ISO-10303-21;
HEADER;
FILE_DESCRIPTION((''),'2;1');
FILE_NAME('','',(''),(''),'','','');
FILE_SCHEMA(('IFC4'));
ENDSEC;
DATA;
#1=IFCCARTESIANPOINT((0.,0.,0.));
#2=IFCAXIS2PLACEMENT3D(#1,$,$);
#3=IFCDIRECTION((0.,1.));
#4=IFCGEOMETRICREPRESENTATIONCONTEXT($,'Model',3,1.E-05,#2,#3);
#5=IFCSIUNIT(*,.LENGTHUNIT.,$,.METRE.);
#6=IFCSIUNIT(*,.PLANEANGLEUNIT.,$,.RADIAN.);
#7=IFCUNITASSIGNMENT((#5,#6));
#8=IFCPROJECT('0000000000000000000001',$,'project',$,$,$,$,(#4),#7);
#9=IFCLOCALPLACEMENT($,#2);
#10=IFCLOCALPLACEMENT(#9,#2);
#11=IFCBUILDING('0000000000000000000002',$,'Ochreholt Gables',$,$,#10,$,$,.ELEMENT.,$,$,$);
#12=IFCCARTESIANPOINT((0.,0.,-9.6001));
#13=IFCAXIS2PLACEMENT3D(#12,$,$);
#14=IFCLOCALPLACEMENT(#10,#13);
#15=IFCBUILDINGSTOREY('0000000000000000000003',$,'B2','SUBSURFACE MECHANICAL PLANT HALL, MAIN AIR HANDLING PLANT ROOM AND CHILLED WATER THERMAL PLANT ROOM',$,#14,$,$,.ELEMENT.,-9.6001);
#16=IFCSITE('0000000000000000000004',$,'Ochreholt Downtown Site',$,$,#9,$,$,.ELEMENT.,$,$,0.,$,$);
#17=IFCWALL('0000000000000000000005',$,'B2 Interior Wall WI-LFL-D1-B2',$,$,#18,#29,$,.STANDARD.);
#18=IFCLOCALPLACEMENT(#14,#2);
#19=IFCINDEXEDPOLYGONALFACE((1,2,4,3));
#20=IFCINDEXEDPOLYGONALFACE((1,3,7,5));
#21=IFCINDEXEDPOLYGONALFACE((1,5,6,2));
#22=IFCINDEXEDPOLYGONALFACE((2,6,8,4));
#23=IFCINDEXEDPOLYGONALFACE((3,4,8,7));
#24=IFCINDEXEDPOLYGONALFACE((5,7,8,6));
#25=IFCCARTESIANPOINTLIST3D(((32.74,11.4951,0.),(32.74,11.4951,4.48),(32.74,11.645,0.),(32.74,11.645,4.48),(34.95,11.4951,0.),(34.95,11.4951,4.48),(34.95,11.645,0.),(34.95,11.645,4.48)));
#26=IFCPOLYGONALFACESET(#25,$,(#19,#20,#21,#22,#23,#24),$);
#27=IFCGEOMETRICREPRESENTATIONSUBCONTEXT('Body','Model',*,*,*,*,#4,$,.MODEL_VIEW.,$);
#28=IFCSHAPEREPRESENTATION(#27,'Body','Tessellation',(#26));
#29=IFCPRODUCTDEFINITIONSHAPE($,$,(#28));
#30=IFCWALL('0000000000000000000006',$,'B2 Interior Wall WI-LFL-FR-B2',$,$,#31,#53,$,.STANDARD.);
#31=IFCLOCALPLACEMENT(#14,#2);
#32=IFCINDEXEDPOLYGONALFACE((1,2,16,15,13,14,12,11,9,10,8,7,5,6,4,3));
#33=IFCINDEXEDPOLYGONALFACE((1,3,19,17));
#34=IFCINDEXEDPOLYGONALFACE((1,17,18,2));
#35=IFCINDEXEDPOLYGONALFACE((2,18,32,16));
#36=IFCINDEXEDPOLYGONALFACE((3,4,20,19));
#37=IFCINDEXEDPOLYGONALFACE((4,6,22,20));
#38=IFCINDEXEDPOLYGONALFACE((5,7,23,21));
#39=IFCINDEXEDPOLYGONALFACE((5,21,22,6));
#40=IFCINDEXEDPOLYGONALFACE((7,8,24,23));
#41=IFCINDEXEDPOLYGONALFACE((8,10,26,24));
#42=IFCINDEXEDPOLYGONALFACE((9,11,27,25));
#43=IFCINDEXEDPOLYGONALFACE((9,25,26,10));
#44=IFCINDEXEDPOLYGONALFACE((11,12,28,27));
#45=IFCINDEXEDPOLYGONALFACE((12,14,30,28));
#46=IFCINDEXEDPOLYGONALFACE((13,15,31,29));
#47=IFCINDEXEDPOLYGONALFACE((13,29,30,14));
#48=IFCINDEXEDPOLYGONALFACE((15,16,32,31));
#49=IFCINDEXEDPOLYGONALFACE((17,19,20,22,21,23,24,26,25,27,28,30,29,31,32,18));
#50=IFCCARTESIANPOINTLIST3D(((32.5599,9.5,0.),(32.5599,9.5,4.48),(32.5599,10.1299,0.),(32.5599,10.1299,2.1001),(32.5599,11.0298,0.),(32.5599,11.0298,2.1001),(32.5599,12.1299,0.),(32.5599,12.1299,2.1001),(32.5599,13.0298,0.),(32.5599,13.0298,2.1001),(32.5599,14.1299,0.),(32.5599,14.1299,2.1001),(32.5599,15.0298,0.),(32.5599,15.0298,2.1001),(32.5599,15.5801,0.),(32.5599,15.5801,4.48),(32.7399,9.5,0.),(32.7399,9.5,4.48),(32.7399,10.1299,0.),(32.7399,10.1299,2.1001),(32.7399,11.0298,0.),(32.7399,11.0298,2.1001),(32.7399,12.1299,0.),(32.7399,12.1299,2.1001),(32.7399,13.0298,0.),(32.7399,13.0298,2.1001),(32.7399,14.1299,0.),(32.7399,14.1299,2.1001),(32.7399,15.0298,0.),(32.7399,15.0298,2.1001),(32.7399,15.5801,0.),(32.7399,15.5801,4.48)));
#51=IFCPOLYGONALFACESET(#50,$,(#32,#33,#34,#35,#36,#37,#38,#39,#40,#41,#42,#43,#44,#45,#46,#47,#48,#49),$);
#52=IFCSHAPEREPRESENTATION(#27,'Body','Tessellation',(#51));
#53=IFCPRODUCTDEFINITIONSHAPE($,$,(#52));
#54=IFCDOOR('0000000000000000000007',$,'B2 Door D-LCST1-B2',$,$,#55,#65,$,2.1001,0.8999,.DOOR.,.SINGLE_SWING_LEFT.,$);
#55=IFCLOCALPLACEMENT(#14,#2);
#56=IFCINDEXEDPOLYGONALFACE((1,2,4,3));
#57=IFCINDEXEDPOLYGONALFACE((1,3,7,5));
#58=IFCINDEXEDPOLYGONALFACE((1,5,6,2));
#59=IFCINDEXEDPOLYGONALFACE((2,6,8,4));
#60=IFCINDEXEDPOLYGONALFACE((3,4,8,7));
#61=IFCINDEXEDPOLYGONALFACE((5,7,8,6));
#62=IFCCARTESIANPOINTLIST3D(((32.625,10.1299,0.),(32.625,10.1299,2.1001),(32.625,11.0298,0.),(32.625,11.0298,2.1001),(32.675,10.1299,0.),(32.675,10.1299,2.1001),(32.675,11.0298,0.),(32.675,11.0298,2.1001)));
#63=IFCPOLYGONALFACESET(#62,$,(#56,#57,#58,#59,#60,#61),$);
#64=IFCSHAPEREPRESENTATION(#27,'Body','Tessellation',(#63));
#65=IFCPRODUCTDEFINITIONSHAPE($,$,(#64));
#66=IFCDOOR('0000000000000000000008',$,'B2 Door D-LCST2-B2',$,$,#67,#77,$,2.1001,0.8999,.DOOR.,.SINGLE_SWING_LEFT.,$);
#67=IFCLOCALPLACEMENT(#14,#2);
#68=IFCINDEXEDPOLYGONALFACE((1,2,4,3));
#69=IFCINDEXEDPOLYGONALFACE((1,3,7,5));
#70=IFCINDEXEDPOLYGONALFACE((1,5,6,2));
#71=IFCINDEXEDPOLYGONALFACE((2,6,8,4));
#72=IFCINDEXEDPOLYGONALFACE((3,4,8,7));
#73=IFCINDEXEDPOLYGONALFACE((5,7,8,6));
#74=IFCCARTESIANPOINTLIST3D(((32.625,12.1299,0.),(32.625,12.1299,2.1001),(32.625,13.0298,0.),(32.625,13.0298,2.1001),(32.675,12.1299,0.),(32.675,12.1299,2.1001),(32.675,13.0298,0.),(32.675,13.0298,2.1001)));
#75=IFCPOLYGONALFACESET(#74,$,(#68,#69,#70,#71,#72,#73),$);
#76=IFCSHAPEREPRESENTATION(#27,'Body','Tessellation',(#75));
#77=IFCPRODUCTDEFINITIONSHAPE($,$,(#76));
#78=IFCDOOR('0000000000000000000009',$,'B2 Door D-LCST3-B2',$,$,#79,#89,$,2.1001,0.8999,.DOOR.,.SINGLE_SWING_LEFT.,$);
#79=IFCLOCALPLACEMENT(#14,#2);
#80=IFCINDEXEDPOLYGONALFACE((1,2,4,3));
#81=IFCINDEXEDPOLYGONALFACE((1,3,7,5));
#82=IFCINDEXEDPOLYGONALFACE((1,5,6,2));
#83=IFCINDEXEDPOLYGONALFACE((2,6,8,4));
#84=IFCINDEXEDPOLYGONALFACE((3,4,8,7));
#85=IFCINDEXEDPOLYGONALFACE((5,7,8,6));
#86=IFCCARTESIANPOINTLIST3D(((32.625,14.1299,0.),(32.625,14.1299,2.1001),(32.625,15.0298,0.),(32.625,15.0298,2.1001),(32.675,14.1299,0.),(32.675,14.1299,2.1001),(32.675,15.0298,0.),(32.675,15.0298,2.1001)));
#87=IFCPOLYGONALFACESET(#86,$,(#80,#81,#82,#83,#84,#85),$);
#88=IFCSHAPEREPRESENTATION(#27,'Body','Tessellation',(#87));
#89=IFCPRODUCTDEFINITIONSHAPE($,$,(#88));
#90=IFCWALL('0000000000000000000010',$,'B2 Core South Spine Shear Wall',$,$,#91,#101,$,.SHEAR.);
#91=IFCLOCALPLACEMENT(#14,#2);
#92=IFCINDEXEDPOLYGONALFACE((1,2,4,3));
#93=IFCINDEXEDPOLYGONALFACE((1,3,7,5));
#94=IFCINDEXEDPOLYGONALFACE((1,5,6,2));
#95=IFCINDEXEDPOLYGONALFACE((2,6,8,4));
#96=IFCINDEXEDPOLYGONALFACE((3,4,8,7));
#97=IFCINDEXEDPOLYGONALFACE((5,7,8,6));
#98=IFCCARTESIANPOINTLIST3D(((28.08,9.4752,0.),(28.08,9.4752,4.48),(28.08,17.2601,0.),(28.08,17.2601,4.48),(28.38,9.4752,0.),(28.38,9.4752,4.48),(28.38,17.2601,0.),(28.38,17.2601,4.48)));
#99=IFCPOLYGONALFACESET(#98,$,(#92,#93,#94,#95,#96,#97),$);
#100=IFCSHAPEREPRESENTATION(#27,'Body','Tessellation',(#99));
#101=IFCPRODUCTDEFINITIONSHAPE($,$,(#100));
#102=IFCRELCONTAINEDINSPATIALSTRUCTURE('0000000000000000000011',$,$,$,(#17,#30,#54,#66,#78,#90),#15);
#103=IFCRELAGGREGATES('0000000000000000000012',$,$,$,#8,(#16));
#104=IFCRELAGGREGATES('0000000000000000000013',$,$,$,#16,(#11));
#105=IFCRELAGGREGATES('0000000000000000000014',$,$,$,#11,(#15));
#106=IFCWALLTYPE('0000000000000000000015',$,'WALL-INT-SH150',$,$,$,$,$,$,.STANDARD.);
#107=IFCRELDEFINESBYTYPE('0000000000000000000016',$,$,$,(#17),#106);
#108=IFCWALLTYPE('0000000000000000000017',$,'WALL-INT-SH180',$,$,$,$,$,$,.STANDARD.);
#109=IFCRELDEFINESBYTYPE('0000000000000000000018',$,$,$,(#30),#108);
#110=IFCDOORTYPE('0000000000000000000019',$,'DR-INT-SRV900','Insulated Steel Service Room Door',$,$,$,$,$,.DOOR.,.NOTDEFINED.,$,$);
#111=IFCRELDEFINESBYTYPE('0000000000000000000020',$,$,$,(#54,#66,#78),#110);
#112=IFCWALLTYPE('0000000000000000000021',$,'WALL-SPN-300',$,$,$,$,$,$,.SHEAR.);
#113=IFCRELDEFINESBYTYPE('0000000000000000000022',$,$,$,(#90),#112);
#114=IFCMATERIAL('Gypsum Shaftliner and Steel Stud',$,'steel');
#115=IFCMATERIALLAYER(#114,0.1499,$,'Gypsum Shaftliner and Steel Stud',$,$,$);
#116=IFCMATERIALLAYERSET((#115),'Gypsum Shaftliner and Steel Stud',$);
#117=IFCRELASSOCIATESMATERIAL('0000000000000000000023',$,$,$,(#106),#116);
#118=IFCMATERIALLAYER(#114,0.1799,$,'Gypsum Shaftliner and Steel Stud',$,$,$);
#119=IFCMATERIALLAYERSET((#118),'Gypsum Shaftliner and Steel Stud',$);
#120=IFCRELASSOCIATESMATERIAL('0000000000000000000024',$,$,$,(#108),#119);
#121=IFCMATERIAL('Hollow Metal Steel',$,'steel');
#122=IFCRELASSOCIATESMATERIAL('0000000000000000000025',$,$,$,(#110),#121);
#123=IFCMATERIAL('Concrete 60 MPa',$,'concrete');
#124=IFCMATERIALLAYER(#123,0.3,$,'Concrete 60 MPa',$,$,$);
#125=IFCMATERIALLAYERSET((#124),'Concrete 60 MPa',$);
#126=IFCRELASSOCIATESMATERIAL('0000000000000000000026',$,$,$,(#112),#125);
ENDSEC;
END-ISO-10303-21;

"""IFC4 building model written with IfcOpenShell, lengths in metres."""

from ifc_helpers import new_model, si_unit, direction, frame, frame_2d, origin, place, context, subcontext, project, spatial, rectangle, extrude, material, layer, layer_set, type_object, element, fill, save


model = new_model("IFC4")

# Units and contexts
model_context = context("Model", 3, precision=1e-05, world=origin(), true_north=direction((0.0, 1.0)))
body_context = subcontext(model_context, "Body", "Model", "MODEL_VIEW")
ifc_project = project(units=[si_unit("LENGTHUNIT", "METRE"), si_unit("PLANEANGLEUNIT", "RADIAN")], contexts=[model_context])

# Site, building, storey
site_placement = place(None, origin())
site = spatial("IfcSite", under=ifc_project, at=site_placement, Name="Ochreholt Downtown Site", CompositionType="ELEMENT", RefElevation=0.0)
building_placement = place(site_placement, origin())
building = spatial("IfcBuilding", under=site, at=building_placement, Name="Ochreholt Gables", CompositionType="ELEMENT")
storey_placement = place(building_placement, frame((0.0, 0.0, -9.6001)))
storey = spatial("IfcBuildingStorey", under=building, at=storey_placement, Name="B2", Description="SUBSURFACE MECHANICAL PLANT HALL, MAIN AIR HANDLING PLANT ROOM AND CHILLED WATER THERMAL PLANT ROOM", CompositionType="ELEMENT", Elevation=-9.6001)

# Shared definitions
ifc_material_1 = material(Name="Concrete 60 MPa", Category="concrete")

# Wall
ifc_material_2 = material(Name="Gypsum Shaftliner and Steel Stud", Category="steel")
ifc_layer_1 = layer(ifc_material_2, 0.1499, Name="Gypsum Shaftliner and Steel Stud")
ifc_layer_set_1 = layer_set([ifc_layer_1], Name="Gypsum Shaftliner and Steel Stud")
wall_type_1 = type_object("IfcWallType", Name="WALL-INT-SH150", PredefinedType="STANDARD", material=ifc_layer_set_1)
wall_1_placement = place(storey_placement, frame((32.74, 11.5701, 0.0), z_axis=(0.0, 0.0, 1.0), x_axis=(1.0, 0.0, 0.0)))
element("IfcWall", 1, at=wall_1_placement, inside=storey, type_object=wall_type_1, Name="B2 Interior Wall WI-LFL-D1-B2", PredefinedType="STANDARD", context=body_context, shape_type="SweptSolid", body=[
    extrude(rectangle(XDim=2.21, YDim=0.1499, at=frame_2d((1.105, 0.0))), origin(), (0.0, 0.0, 1.0), 4.48),
])

# Wall, openings, doors
ifc_layer_2 = layer(ifc_material_2, 0.1799, Name="Gypsum Shaftliner and Steel Stud")
ifc_layer_set_2 = layer_set([ifc_layer_2], Name="Gypsum Shaftliner and Steel Stud")
wall_type_2 = type_object("IfcWallType", Name="WALL-INT-SH180", PredefinedType="STANDARD", material=ifc_layer_set_2)
wall_2_placement = place(storey_placement, frame((32.6499, 9.5, 0.0), z_axis=(0.0, 0.0, 1.0), x_axis=(0.0, 1.0, 0.0)))
wall_2 = element("IfcWall", 2, at=wall_2_placement, inside=storey, type_object=wall_type_2, Name="B2 Interior Wall WI-LFL-FR-B2", PredefinedType="STANDARD", context=body_context, shape_type="SweptSolid", body=[
    extrude(rectangle(XDim=6.0801, YDim=0.1799, at=frame_2d((3.04, 0.0))), origin(), (0.0, 0.0, 1.0), 4.48),
])
opening_1_placement = place(wall_2_placement, frame((0.6299, 0.0, 0.0)))
opening_1 = element("IfcOpeningElement", 3, at=opening_1_placement, cuts=wall_2, PredefinedType="OPENING", context=body_context, shape_type="SweptSolid", body=[
    extrude(rectangle(XDim=0.8999, YDim=2.1001, at=frame_2d((0.45, 1.05))), frame((0.0, 0.0999, 0.0), z_axis=(0.0, -1.0, 0.0), x_axis=(1.0, 0.0, 0.0)), (0.0, 0.0, 1.0), 0.2),
])
opening_2_placement = place(wall_2_placement, frame((2.6299, 0.0, 0.0)))
opening_2 = element("IfcOpeningElement", 4, at=opening_2_placement, cuts=wall_2, PredefinedType="OPENING", context=body_context, shape_type="SweptSolid", body=[
    extrude(rectangle(XDim=0.8999, YDim=2.1001, at=frame_2d((0.45, 1.05))), frame((0.0, 0.0999, 0.0), z_axis=(0.0, -1.0, 0.0), x_axis=(1.0, 0.0, 0.0)), (0.0, 0.0, 1.0), 0.2),
])
opening_3_placement = place(wall_2_placement, frame((4.6299, 0.0, 0.0)))
opening_3 = element("IfcOpeningElement", 5, at=opening_3_placement, cuts=wall_2, PredefinedType="OPENING", context=body_context, shape_type="SweptSolid", body=[
    extrude(rectangle(XDim=0.8999, YDim=2.1001, at=frame_2d((0.45, 1.05))), frame((0.0, 0.0999, 0.0), z_axis=(0.0, -1.0, 0.0), x_axis=(1.0, 0.0, 0.0)), (0.0, 0.0, 1.0), 0.2),
])
ifc_material_3 = material(Name="Hollow Metal Steel", Category="steel")
door_type = type_object("IfcDoorType", Name="DR-INT-SRV900", Description="Insulated Steel Service Room Door", OperationType="NOTDEFINED", PredefinedType="DOOR", material=ifc_material_3)
door_1_placement = place(opening_1_placement, origin())
door_1 = element("IfcDoor", 6, at=door_1_placement, inside=storey, type_object=door_type, Name="B2 Door D-LCST1-B2", OperationType="SINGLE_SWING_LEFT", OverallHeight=2.1001, OverallWidth=0.8999, PredefinedType="DOOR", context=body_context, shape_type="SweptSolid", body=[
    extrude(rectangle(XDim=0.8999, YDim=2.1001, at=frame_2d((0.45, 1.05))), frame((0.0, 0.0249, 0.0), z_axis=(0.0, -1.0, 0.0), x_axis=(1.0, 0.0, 0.0)), (0.0, 0.0, 1.0), 0.05),
])
fill(opening_1, door_1)
door_2_placement = place(opening_2_placement, origin())
door_2 = element("IfcDoor", 7, at=door_2_placement, inside=storey, type_object=door_type, Name="B2 Door D-LCST2-B2", OperationType="SINGLE_SWING_LEFT", OverallHeight=2.1001, OverallWidth=0.8999, PredefinedType="DOOR", context=body_context, shape_type="SweptSolid", body=[
    extrude(rectangle(XDim=0.8999, YDim=2.1001, at=frame_2d((0.45, 1.05))), frame((0.0, 0.0249, 0.0), z_axis=(0.0, -1.0, 0.0), x_axis=(1.0, 0.0, 0.0)), (0.0, 0.0, 1.0), 0.05),
])
fill(opening_2, door_2)
door_3_placement = place(opening_3_placement, origin())
door_3 = element("IfcDoor", 8, at=door_3_placement, inside=storey, type_object=door_type, Name="B2 Door D-LCST3-B2", OperationType="SINGLE_SWING_LEFT", OverallHeight=2.1001, OverallWidth=0.8999, PredefinedType="DOOR", context=body_context, shape_type="SweptSolid", body=[
    extrude(rectangle(XDim=0.8999, YDim=2.1001, at=frame_2d((0.45, 1.05))), frame((0.0, 0.0249, 0.0), z_axis=(0.0, -1.0, 0.0), x_axis=(1.0, 0.0, 0.0)), (0.0, 0.0, 1.0), 0.05),
])
fill(opening_3, door_3)

# Wall
ifc_layer_3 = layer(ifc_material_1, 0.3, Name="Concrete 60 MPa")
ifc_layer_set_3 = layer_set([ifc_layer_3], Name="Concrete 60 MPa")
wall_type_3 = type_object("IfcWallType", Name="WALL-SPN-300", PredefinedType="SHEAR", material=ifc_layer_set_3)
wall_3_placement = place(storey_placement, frame((28.23, 9.4751, 0.0), z_axis=(0.0, 0.0, 1.0), x_axis=(0.0, 1.0, 0.0)))
element("IfcWall", 9, at=wall_3_placement, inside=storey, type_object=wall_type_3, Name="B2 Core South Spine Shear Wall", PredefinedType="SHEAR", context=body_context, shape_type="SweptSolid", body=[
    extrude(rectangle(XDim=7.7849, YDim=0.3, at=frame_2d((3.8926, 0.0))), origin(), (0.0, 0.0, 1.0), 4.48),
])

save(model, "model.ifc")
